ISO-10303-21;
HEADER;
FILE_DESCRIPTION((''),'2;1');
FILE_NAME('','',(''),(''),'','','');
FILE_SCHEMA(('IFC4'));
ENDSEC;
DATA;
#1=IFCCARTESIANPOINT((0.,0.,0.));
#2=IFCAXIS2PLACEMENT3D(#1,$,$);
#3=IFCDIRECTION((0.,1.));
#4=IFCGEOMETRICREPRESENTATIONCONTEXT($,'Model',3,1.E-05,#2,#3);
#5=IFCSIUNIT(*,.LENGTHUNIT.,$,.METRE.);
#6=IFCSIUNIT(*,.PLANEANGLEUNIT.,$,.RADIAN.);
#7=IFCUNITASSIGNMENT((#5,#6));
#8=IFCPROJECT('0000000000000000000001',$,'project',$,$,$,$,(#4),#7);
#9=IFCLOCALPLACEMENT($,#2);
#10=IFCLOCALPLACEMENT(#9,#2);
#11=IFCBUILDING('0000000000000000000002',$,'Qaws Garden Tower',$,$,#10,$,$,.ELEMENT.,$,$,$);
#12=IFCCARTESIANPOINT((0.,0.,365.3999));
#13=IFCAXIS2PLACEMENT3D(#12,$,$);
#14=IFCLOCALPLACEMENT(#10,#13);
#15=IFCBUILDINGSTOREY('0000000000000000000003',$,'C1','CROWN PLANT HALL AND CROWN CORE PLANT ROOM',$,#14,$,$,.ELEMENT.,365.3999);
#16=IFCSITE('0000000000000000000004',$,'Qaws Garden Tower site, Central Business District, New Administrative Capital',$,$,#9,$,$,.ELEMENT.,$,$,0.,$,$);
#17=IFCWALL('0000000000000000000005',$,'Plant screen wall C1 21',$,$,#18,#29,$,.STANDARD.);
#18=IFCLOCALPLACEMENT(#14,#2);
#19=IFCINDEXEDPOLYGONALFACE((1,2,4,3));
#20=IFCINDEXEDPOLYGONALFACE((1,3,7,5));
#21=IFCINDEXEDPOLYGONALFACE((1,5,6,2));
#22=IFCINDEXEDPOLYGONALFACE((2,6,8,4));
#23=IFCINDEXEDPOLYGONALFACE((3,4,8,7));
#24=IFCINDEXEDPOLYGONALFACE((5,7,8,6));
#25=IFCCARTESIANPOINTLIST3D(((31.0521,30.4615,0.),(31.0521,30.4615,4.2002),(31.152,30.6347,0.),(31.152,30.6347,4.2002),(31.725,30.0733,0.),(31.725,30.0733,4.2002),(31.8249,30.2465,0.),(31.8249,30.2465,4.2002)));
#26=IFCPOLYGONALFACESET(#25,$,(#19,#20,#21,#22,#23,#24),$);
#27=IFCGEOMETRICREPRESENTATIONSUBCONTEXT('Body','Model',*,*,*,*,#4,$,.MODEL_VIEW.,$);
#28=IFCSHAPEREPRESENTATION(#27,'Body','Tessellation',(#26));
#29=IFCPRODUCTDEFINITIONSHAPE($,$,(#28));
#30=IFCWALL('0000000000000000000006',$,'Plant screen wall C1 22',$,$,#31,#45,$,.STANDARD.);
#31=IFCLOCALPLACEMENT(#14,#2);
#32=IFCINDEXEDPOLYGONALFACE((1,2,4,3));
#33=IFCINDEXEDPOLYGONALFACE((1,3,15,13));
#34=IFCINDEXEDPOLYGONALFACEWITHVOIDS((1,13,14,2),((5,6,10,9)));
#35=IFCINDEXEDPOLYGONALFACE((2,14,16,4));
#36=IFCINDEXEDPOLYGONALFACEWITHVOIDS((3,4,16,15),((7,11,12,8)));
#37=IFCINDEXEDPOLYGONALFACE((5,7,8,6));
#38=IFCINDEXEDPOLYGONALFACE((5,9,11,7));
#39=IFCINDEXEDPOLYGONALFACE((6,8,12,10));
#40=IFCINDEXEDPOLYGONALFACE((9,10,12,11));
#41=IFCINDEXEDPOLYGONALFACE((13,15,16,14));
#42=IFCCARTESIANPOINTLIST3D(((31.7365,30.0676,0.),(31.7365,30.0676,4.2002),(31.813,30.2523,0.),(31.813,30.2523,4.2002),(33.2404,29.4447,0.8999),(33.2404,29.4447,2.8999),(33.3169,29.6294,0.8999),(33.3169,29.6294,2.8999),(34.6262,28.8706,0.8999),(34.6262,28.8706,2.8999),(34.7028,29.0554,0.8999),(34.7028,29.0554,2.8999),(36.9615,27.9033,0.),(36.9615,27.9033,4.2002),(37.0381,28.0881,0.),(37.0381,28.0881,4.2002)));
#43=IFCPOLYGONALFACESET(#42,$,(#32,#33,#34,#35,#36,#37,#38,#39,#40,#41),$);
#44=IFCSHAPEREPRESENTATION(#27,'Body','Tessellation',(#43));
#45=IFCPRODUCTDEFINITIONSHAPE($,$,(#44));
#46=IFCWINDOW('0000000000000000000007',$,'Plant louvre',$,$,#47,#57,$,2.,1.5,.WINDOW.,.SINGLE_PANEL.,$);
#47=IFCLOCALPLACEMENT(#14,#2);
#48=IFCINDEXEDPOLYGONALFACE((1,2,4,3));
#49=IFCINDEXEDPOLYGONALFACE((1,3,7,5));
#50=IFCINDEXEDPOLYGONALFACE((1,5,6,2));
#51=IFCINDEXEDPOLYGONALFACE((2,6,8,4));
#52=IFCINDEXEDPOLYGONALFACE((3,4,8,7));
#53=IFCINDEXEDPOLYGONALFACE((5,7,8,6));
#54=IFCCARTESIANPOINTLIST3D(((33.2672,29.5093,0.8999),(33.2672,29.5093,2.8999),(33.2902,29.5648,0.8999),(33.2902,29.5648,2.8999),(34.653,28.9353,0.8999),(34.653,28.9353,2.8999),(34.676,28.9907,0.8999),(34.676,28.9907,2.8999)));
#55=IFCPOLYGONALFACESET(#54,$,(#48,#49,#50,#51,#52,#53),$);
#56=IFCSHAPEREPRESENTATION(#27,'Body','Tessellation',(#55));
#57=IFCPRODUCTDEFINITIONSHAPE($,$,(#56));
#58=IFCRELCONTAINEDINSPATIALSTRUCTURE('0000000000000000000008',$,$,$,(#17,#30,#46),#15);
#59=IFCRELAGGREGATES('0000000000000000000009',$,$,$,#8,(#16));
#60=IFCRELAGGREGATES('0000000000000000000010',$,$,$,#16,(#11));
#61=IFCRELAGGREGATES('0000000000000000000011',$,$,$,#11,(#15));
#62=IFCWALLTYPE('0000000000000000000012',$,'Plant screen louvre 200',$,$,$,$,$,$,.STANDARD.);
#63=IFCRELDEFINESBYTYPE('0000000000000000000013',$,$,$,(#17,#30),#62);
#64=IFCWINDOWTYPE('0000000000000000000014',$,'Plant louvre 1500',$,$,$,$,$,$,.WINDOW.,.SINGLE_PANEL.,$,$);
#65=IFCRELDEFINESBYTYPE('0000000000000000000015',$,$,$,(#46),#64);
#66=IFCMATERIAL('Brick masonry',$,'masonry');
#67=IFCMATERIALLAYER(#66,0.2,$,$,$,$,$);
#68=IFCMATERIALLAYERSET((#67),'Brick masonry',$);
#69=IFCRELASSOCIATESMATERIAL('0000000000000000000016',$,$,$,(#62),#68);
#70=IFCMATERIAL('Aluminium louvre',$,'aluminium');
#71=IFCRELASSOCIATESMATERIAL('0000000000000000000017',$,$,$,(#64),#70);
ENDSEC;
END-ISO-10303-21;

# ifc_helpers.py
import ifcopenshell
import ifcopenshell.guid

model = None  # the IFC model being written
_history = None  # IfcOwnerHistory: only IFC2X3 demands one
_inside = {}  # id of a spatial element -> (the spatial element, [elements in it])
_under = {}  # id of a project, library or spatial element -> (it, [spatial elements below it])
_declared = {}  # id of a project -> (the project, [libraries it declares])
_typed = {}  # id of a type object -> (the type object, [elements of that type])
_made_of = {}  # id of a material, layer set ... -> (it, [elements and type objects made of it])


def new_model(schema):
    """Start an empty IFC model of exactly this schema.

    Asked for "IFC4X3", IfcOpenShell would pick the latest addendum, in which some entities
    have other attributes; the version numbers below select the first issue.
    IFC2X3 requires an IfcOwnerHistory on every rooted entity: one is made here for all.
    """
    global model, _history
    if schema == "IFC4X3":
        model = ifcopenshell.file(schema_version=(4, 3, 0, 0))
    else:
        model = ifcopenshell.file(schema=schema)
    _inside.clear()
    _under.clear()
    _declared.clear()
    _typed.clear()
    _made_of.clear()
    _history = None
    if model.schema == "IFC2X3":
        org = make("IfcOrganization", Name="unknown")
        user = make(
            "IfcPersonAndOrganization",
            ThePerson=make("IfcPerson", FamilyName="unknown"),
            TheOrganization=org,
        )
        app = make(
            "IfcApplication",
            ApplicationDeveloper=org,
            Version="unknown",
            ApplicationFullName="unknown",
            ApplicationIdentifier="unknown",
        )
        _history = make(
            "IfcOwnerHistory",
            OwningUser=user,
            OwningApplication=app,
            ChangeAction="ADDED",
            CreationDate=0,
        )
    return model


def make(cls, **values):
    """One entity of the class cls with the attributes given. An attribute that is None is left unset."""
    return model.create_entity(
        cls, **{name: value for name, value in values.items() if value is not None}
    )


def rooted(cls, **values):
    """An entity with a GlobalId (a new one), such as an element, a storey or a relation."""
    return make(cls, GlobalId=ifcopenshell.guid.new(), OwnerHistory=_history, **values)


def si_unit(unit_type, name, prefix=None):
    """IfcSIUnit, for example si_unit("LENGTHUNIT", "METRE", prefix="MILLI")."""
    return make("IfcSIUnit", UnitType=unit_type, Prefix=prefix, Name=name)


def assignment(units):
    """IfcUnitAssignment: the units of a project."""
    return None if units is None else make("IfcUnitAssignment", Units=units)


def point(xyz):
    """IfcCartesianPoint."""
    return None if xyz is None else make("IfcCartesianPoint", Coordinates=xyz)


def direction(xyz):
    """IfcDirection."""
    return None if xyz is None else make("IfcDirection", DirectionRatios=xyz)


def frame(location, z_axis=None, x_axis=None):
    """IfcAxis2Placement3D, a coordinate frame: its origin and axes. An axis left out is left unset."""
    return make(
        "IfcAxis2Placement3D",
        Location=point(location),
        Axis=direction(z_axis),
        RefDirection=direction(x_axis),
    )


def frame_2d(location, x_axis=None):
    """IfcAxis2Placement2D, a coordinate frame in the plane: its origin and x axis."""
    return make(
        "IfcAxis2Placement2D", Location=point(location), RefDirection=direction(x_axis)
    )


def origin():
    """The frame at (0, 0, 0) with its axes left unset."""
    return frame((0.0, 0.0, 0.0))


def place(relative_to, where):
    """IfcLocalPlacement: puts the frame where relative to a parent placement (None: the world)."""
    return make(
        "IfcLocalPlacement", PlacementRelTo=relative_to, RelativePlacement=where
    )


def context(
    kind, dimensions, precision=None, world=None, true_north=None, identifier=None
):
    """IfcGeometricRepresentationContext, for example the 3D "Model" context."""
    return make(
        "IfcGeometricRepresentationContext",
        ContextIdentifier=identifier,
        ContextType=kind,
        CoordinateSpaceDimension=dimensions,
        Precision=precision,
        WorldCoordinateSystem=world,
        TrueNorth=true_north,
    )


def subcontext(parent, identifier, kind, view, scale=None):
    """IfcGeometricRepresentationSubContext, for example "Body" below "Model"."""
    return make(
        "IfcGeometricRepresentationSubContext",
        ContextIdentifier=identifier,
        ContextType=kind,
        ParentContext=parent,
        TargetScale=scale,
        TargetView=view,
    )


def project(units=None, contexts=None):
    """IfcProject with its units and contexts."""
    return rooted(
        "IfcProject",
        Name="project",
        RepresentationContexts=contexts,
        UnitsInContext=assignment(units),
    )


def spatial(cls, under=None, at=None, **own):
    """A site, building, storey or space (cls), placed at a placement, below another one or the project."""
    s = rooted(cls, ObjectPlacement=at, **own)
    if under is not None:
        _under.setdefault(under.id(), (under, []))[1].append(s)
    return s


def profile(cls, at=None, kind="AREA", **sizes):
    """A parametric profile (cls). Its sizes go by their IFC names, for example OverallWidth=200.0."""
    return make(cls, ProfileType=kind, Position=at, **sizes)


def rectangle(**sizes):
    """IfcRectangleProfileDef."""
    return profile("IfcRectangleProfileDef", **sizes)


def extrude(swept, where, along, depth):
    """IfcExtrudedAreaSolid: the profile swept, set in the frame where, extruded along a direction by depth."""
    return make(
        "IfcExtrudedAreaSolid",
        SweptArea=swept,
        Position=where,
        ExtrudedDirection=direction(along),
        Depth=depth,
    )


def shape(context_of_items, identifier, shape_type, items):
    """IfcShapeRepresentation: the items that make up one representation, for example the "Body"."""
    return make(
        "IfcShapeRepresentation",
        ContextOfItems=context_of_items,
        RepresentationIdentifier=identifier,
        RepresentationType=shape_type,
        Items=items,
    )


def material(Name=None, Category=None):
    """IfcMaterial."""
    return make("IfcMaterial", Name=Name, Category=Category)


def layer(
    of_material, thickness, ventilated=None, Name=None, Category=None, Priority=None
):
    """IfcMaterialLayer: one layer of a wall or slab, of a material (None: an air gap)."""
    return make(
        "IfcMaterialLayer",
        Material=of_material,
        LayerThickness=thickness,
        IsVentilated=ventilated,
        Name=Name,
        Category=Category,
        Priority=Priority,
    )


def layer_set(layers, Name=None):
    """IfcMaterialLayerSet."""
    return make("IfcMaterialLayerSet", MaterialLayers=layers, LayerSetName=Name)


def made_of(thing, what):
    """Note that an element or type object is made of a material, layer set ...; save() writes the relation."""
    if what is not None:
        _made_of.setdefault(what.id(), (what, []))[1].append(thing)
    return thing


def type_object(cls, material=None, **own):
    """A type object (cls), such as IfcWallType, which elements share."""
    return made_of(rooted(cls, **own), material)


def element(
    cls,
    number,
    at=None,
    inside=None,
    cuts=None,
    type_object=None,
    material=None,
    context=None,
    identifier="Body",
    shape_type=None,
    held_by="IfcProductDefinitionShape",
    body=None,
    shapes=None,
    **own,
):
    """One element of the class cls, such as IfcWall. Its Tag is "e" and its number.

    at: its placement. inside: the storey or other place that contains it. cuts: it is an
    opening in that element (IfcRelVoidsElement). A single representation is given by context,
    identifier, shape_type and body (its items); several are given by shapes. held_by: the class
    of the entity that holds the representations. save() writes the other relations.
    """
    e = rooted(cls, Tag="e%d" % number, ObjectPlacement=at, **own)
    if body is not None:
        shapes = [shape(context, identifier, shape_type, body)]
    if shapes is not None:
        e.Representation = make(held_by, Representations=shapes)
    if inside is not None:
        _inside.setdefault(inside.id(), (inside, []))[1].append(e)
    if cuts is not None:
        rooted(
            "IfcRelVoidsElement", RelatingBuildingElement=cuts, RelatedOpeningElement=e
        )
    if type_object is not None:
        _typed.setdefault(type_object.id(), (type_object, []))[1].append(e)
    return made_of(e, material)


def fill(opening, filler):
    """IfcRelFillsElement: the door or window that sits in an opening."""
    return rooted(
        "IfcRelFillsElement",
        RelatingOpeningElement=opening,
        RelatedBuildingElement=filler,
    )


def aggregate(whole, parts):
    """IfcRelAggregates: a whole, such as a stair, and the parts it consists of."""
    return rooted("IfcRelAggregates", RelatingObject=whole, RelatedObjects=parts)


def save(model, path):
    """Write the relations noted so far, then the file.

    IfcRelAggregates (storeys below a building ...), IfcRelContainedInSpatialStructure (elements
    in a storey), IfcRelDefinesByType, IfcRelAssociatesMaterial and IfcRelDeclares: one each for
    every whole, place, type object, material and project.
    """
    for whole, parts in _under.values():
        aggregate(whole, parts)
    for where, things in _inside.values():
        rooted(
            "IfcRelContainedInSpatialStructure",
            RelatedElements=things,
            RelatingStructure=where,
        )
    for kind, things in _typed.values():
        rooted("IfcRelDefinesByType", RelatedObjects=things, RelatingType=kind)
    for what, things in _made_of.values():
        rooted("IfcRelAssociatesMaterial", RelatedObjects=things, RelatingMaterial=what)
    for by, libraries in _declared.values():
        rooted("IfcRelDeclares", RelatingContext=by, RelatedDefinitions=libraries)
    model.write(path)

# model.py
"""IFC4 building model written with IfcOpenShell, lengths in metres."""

from ifc_helpers import new_model, si_unit, direction, frame, frame_2d, origin, place, context, subcontext, project, spatial, rectangle, extrude, material, layer, layer_set, type_object, element, fill, save


model = new_model("IFC4")

# Units and contexts
model_context = context("Model", 3, precision=1e-05, world=origin(), true_north=direction((0.0, 1.0)))
body_context = subcontext(model_context, "Body", "Model", "MODEL_VIEW")
ifc_project = project(units=[si_unit("LENGTHUNIT", "METRE"), si_unit("PLANEANGLEUNIT", "RADIAN")], contexts=[model_context])

# Site, building, storey
site_placement = place(None, origin())
site = spatial("IfcSite", under=ifc_project, at=site_placement, Name="Qaws Garden Tower site, Central Business District, New Administrative Capital", CompositionType="ELEMENT", RefElevation=0.0)
building_placement = place(site_placement, origin())
building = spatial("IfcBuilding", under=site, at=building_placement, Name="Qaws Garden Tower", CompositionType="ELEMENT")
storey_placement = place(building_placement, frame((0.0, 0.0, 365.3999)))
storey = spatial("IfcBuildingStorey", under=building, at=storey_placement, Name="C1", Description="CROWN PLANT HALL AND CROWN CORE PLANT ROOM", CompositionType="ELEMENT", Elevation=365.3999)

# Wall
ifc_material_1 = material(Name="Brick masonry", Category="masonry")
ifc_layer_1 = layer(ifc_material_1, 0.2)
ifc_layer_set_1 = layer_set([ifc_layer_1], Name="Brick masonry")
wall_type_1 = type_object("IfcWallType", Name="Plant screen louvre 200", PredefinedType="STANDARD", material=ifc_layer_set_1)
wall_1_placement = place(storey_placement, frame((31.1021, 30.5481, 0.0), z_axis=(0.0, 0.0, 1.0), x_axis=(0.866186, -0.499722, 0.0)))
element("IfcWall", 1, at=wall_1_placement, inside=storey, type_object=wall_type_1, Name="Plant screen wall C1 21", PredefinedType="STANDARD", context=body_context, shape_type="SweptSolid", body=[
    extrude(rectangle(XDim=0.7769, YDim=0.2, at=frame_2d((0.3884, 0.0))), origin(), (0.0, 0.0, 1.0), 4.2002),
])

# Wall, opening, window
wall_2_placement = place(storey_placement, frame((31.7749, 30.1599, 0.0), z_axis=(0.0, 0.0, 1.0), x_axis=(0.92388, -0.382683, 0.0)))
wall_2 = element("IfcWall", 2, at=wall_2_placement, inside=storey, type_object=wall_type_1, Name="Plant screen wall C1 22", PredefinedType="STANDARD", context=body_context, shape_type="SweptSolid", body=[
    extrude(rectangle(XDim=5.6555, YDim=0.2, at=frame_2d((2.8276, 0.0))), origin(), (0.0, 0.0, 1.0), 4.2002),
])
opening_1_placement = place(wall_2_placement, frame((1.6277, 0.0, 0.8999)))
opening_1 = element("IfcOpeningElement", 3, at=opening_1_placement, cuts=wall_2, PredefinedType="OPENING", context=body_context, shape_type="SweptSolid", body=[
    extrude(rectangle(XDim=1.5, YDim=2.0, at=frame_2d((0.75, 1.0))), frame((0.0, 0.1099, 0.0), z_axis=(0.0, -1.0, 0.0), x_axis=(1.0, 0.0, 0.0)), (0.0, 0.0, 1.0), 0.22),
])
ifc_material_2 = material(Name="Aluminium louvre", Category="aluminium")
window_type = type_object("IfcWindowType", Name="Plant louvre 1500", PartitioningType="SINGLE_PANEL", PredefinedType="WINDOW", material=ifc_material_2)
window_1_placement = place(opening_1_placement, origin())
window_1 = element("IfcWindow", 4, at=window_1_placement, inside=storey, type_object=window_type, Name="Plant louvre", OverallHeight=2.0, OverallWidth=1.5, PartitioningType="SINGLE_PANEL", PredefinedType="WINDOW", context=body_context, shape_type="SweptSolid", body=[
    extrude(rectangle(XDim=1.5, YDim=2.0, at=frame_2d((0.75, 1.0))), frame((0.0, 0.03, 0.0), z_axis=(0.0, -1.0, 0.0), x_axis=(1.0, 0.0, 0.0)), (0.0, 0.0, 1.0), 0.0601),
])
fill(opening_1, window_1)

save(model, "model.ifc")
